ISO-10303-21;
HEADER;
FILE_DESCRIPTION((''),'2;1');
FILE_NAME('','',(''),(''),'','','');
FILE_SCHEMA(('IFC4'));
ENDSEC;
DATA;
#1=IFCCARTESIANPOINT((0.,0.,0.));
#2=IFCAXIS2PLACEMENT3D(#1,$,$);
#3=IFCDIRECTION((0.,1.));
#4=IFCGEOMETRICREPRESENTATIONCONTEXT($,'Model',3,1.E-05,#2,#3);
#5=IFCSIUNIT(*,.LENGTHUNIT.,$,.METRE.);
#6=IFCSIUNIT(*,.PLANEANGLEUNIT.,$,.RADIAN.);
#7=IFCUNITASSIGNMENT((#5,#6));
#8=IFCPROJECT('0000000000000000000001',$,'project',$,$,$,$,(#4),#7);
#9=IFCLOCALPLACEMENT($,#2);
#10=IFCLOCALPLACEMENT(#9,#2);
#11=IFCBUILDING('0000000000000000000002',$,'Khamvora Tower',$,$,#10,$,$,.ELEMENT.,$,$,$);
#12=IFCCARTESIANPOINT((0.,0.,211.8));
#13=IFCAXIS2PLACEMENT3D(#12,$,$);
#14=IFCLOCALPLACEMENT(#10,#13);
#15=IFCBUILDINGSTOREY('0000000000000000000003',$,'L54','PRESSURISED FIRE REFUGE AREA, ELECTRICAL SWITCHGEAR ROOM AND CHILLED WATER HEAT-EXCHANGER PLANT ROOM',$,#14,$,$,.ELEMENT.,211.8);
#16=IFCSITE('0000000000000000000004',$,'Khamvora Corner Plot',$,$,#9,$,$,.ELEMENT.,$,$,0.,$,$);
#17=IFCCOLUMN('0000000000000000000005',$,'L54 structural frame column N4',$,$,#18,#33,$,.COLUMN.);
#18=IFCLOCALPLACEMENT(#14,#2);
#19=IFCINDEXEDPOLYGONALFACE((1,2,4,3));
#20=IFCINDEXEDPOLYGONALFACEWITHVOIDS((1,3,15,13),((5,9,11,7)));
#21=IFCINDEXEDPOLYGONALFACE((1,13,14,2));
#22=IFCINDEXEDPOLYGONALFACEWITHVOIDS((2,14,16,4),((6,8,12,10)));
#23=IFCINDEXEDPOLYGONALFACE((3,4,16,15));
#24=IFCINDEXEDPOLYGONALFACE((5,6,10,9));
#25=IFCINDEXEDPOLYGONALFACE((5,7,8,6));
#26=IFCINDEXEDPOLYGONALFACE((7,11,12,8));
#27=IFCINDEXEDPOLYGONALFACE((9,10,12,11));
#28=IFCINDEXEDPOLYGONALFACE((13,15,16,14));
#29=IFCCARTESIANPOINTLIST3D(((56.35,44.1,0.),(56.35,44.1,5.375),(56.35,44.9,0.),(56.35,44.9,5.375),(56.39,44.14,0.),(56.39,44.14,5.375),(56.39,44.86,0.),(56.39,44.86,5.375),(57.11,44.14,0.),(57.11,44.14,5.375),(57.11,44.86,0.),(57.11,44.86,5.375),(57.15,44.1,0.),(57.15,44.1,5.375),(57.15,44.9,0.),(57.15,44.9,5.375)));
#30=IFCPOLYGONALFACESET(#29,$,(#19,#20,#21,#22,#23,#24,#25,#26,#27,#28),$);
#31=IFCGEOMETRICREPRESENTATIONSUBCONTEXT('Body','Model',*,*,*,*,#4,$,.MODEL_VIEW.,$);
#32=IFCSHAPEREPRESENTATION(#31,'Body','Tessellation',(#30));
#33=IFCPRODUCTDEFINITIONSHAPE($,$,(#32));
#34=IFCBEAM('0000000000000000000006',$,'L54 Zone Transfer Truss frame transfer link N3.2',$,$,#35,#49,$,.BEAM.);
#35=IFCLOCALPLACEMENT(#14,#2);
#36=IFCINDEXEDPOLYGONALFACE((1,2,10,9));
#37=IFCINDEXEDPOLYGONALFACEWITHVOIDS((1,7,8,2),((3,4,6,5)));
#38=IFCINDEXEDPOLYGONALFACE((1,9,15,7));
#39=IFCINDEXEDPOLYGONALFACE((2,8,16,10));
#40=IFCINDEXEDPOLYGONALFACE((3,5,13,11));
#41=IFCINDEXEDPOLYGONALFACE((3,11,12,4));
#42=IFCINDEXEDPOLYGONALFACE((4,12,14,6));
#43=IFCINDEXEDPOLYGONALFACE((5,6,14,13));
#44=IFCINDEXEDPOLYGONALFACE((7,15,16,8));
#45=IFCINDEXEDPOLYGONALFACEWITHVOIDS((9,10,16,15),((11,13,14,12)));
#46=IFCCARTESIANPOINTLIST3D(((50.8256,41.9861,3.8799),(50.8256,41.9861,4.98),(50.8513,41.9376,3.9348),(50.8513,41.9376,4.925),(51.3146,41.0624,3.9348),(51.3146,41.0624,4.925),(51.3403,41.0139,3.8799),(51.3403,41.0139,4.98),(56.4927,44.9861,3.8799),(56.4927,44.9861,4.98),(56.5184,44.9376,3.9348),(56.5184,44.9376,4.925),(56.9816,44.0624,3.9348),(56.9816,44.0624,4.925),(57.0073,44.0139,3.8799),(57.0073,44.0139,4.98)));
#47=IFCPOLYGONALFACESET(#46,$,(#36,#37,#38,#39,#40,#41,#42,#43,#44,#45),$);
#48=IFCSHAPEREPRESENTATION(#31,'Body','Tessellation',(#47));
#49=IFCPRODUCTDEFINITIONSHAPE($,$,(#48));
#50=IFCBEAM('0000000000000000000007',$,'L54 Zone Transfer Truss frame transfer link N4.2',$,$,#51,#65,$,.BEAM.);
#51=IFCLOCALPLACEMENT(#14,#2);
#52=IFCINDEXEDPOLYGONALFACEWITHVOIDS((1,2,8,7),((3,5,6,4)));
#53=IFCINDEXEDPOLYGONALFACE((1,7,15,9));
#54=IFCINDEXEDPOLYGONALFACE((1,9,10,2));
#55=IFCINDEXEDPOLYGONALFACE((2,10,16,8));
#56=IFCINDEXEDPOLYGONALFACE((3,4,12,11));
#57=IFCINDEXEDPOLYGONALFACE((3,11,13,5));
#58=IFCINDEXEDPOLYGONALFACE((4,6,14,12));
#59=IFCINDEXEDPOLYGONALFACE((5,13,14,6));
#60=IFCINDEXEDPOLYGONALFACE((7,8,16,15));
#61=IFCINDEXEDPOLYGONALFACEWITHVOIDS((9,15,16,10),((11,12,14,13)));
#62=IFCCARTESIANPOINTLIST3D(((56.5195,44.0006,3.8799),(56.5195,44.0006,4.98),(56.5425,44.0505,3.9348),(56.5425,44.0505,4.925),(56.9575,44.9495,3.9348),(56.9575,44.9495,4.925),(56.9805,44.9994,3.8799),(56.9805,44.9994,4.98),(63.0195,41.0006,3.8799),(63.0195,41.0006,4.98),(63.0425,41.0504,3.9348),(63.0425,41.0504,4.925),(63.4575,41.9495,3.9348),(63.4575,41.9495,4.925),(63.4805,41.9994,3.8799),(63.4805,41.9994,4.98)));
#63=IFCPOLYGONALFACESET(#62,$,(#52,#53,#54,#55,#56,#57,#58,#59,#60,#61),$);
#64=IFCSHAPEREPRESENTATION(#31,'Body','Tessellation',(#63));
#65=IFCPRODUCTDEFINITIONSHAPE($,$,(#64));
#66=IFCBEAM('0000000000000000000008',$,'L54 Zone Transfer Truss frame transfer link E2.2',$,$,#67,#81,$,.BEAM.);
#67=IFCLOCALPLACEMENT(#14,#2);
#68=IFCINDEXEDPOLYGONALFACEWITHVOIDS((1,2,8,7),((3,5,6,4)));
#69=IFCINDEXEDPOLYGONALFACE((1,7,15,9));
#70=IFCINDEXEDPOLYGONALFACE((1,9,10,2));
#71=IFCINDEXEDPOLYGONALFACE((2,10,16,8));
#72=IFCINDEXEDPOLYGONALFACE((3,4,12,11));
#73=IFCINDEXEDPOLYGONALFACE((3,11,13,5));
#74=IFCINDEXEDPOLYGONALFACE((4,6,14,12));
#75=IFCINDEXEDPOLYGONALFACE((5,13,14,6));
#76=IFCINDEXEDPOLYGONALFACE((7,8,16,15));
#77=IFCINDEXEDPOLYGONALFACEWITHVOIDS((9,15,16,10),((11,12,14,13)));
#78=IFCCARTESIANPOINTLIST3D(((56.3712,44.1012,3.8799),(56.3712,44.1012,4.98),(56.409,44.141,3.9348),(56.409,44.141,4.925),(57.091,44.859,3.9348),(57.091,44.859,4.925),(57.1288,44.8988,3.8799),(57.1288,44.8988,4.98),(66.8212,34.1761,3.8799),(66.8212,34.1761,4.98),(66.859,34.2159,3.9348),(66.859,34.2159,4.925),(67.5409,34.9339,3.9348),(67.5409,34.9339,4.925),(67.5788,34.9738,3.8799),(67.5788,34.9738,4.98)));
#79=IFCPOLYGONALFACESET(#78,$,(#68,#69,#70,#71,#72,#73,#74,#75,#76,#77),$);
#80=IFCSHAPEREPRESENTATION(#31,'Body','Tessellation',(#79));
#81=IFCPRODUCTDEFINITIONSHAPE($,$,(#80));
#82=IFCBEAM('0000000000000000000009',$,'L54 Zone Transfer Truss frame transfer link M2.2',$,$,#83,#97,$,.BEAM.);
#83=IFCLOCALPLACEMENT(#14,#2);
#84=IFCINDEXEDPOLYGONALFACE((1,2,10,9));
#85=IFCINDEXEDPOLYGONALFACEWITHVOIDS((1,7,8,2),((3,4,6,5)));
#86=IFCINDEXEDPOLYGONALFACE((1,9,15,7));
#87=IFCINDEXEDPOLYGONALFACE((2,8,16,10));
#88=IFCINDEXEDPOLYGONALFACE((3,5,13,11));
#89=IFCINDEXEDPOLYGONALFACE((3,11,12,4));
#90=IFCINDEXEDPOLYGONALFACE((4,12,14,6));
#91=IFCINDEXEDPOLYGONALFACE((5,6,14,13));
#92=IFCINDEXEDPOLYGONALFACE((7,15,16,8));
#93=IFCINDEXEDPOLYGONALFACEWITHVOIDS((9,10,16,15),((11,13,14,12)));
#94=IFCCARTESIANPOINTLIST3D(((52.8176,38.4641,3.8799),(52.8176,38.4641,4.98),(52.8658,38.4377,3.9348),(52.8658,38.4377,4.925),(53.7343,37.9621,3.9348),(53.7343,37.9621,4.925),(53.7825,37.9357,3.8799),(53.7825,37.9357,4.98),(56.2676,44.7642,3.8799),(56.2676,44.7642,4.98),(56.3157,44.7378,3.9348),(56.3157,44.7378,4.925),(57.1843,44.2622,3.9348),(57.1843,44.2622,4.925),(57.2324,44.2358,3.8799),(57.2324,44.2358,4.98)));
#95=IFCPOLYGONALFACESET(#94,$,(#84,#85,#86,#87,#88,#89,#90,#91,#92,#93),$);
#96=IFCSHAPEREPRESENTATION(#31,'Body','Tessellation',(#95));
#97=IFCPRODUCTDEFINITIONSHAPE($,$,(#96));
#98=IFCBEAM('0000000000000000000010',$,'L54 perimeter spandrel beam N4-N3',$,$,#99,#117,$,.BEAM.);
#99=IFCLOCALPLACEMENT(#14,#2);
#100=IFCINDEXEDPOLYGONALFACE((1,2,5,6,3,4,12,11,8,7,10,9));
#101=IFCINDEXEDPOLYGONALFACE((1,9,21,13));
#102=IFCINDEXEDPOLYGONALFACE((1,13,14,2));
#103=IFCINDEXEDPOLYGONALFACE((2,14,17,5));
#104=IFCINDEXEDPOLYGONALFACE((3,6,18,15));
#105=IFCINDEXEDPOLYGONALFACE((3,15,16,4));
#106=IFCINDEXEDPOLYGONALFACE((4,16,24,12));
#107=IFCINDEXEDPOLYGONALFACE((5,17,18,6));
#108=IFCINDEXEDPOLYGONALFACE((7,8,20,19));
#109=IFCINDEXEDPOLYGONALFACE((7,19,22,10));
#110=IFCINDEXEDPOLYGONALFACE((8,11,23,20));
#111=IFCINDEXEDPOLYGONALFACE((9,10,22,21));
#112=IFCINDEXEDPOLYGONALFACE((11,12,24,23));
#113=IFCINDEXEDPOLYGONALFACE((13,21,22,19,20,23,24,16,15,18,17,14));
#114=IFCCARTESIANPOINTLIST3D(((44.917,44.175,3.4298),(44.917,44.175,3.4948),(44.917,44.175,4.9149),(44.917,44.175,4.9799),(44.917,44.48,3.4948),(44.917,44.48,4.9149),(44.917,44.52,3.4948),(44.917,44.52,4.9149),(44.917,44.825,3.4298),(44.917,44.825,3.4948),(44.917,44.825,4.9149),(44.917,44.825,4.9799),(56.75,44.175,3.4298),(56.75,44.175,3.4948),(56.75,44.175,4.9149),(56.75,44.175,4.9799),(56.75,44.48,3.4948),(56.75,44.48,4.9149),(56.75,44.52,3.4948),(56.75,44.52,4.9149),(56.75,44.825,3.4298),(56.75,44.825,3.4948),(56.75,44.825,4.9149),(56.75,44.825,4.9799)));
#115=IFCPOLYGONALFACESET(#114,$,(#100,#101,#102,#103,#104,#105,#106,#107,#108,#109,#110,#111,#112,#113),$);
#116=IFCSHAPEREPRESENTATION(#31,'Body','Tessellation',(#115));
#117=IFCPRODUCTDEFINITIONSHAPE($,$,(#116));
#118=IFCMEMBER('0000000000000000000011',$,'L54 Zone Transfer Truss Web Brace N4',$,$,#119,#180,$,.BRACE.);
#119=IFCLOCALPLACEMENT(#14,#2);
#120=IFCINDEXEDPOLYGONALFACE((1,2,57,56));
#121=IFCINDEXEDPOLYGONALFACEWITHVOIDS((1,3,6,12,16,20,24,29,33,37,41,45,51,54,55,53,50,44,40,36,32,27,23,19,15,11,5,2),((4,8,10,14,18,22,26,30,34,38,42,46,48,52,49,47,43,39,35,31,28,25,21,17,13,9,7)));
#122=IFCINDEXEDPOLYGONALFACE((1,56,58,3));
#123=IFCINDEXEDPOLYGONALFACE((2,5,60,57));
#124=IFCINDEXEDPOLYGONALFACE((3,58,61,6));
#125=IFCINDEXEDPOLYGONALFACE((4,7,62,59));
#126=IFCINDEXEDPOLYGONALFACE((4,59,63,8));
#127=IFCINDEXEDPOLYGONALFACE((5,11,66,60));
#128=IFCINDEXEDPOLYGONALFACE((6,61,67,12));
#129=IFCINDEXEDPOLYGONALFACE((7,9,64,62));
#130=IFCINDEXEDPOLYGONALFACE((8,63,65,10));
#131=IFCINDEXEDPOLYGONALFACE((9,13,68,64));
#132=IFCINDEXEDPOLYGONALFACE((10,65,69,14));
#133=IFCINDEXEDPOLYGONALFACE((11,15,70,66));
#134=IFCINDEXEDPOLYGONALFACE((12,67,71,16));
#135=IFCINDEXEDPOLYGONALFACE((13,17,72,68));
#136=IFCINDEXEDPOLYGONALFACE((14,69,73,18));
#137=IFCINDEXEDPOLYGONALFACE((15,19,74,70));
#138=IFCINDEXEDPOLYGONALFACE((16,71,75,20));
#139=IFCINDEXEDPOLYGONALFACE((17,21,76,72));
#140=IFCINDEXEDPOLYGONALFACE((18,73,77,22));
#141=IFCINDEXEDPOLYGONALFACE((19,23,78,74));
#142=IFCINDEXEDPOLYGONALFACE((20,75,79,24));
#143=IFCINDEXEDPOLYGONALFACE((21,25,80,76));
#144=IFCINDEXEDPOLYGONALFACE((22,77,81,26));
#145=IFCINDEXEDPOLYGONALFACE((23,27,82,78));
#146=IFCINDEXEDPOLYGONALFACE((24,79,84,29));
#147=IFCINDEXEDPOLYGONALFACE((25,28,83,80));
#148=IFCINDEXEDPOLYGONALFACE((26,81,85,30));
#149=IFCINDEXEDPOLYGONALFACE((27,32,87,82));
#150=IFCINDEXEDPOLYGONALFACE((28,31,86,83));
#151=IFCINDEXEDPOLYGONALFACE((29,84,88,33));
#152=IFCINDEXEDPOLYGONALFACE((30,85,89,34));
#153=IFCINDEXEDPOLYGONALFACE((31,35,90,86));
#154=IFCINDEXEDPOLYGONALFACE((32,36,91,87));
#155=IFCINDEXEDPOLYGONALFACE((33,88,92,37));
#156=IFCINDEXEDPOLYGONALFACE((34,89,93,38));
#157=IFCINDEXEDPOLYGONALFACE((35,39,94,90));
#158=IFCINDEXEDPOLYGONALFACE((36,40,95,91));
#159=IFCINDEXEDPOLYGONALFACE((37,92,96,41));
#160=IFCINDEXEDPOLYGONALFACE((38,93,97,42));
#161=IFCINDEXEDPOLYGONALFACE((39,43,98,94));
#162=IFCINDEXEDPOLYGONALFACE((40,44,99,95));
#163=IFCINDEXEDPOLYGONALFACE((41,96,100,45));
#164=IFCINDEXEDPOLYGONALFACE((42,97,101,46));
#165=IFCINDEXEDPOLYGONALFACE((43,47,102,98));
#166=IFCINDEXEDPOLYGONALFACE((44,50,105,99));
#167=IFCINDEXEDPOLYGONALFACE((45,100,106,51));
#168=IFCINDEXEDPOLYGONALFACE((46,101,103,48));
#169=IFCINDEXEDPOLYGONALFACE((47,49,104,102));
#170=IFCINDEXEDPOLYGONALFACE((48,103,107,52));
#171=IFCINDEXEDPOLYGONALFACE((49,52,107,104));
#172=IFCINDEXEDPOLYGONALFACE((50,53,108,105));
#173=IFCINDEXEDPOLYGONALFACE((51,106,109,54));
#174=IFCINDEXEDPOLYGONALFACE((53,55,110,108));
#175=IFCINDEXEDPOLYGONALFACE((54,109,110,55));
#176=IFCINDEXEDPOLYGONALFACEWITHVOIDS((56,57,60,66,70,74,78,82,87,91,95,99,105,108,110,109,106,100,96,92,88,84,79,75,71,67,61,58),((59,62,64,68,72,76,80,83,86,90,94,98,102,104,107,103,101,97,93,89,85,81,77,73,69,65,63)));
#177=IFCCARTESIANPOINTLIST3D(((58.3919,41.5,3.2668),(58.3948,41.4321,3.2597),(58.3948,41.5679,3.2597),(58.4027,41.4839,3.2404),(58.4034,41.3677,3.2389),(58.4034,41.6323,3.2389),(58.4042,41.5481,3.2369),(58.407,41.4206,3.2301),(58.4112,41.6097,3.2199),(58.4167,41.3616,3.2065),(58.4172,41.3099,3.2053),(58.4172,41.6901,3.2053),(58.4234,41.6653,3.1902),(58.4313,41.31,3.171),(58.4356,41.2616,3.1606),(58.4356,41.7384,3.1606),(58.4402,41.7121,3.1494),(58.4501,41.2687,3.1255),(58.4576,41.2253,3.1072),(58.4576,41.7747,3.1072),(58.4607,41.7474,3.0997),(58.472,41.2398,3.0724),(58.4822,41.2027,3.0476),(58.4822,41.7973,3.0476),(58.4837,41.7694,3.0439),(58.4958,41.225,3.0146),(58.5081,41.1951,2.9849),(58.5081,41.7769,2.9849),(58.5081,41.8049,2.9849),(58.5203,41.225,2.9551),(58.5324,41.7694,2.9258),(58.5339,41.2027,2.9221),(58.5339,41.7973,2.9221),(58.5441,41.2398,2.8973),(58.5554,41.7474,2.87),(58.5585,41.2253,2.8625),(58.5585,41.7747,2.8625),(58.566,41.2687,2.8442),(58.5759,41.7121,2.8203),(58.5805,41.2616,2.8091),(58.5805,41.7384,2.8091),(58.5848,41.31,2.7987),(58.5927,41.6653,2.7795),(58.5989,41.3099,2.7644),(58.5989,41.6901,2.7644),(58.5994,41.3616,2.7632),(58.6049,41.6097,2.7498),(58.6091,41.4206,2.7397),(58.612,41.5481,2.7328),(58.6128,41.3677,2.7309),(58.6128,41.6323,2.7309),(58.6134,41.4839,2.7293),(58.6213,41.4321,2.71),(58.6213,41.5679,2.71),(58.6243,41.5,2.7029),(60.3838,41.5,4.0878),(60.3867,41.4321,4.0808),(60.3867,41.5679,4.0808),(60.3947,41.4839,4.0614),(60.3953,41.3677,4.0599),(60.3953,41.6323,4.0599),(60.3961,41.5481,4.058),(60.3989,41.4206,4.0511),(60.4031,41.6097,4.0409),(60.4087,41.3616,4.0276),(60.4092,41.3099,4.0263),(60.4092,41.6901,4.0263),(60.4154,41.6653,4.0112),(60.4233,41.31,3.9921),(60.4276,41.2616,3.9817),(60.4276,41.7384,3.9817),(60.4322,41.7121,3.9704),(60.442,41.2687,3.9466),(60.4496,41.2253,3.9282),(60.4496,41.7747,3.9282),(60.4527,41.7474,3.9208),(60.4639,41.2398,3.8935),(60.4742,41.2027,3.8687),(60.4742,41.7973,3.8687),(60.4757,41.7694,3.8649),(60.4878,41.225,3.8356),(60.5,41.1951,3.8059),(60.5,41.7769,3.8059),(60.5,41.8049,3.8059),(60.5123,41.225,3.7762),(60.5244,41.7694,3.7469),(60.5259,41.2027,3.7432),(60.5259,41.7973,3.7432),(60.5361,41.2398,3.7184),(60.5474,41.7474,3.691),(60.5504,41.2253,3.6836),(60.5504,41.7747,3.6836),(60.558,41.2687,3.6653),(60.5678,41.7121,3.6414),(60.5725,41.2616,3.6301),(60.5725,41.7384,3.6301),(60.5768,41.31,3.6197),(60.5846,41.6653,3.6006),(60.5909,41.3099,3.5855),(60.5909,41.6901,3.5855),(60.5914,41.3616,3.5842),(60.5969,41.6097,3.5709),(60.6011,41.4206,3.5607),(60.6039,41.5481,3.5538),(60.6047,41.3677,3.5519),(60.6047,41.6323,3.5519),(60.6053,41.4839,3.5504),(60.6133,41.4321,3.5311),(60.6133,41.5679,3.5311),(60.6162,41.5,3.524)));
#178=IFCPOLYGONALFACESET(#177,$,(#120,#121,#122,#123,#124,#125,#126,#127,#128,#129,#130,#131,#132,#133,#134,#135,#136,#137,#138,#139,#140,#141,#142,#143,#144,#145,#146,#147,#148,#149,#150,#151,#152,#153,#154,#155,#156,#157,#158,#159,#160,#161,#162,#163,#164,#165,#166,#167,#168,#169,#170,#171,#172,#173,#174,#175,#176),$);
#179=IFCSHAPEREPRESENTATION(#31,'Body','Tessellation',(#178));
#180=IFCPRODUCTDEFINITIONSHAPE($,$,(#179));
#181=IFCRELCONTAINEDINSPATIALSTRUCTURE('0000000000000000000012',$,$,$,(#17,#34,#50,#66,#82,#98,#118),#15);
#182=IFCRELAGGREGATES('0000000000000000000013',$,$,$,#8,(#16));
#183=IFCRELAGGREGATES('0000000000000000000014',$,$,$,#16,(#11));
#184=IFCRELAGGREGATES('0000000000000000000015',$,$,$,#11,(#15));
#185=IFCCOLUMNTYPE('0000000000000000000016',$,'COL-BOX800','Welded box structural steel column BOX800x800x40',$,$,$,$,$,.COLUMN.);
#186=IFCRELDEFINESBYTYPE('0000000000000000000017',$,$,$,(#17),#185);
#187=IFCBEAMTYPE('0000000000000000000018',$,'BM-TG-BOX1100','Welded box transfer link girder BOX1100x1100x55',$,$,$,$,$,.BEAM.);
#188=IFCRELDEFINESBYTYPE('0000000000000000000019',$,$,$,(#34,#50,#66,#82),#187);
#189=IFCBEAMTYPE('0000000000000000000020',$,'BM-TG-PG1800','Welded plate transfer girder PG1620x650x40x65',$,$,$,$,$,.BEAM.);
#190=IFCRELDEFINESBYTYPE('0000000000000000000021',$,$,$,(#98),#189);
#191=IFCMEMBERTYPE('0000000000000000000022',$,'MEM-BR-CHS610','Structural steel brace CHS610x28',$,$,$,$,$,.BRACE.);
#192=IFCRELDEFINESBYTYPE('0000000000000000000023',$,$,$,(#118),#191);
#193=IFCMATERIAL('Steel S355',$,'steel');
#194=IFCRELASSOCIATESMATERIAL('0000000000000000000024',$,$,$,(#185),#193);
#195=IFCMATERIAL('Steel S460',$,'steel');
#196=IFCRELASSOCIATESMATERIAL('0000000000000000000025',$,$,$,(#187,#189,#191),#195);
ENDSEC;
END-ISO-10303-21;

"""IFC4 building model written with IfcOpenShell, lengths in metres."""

from ifc_helpers import new_model, si_unit, direction, frame, origin, origin_2d, place, context, subcontext, project, spatial, hollow_rectangle, hollow_circle, i_section, extrude, material, material_profile, profile_set, type_object, element, save


model = new_model("IFC4")

# Units and contexts
model_context = context("Model", 3, precision=1e-05, world=origin(), true_north=direction((0.0, 1.0)))
body_context = subcontext(model_context, "Body", "Model", "MODEL_VIEW")
ifc_project = project(units=[si_unit("LENGTHUNIT", "METRE"), si_unit("PLANEANGLEUNIT", "RADIAN")], contexts=[model_context])

# Site, building, storey
site_placement = place(None, origin())
site = spatial("IfcSite", under=ifc_project, at=site_placement, Name="Khamvora Corner Plot", CompositionType="ELEMENT", RefElevation=0.0)
building_placement = place(site_placement, origin())
building = spatial("IfcBuilding", under=site, at=building_placement, Name="Khamvora Tower", CompositionType="ELEMENT")
storey_placement = place(building_placement, frame((0.0, 0.0, 211.8)))
storey = spatial("IfcBuildingStorey", under=building, at=storey_placement, Name="L54", Description="PRESSURISED FIRE REFUGE AREA, ELECTRICAL SWITCHGEAR ROOM AND CHILLED WATER HEAT-EXCHANGER PLANT ROOM", CompositionType="ELEMENT", Elevation=211.8)

# Column
ifc_material_1 = material(Name="Steel S355", Category="steel")
ifc_material_profile_1 = material_profile(ifc_material_1, hollow_rectangle(XDim=0.8, YDim=0.8, WallThickness=0.04, at=origin_2d()), Name="BOX800x800x40")
ifc_profile_set_1 = profile_set([ifc_material_profile_1], Name="Steel S355")
column_type = type_object("IfcColumnType", Name="COL-BOX800", Description="Welded box structural steel column BOX800x800x40", PredefinedType="COLUMN", material=ifc_profile_set_1)
column_placement = place(storey_placement, frame((56.75, 44.5, 0.0), z_axis=(0.0, 0.0, 1.0), x_axis=(1.0, 0.0, 0.0)))
element("IfcColumn", 1, at=column_placement, inside=storey, type_object=column_type, Name="L54 structural frame column N4", PredefinedType="COLUMN", context=body_context, shape_type="SweptSolid", body=[
    extrude(hollow_rectangle(XDim=0.8, YDim=0.8, WallThickness=0.04, at=origin_2d()), origin(), (0.0, 0.0, 1.0), 5.375),
])

# Beams
ifc_material_2 = material(Name="Steel S460", Category="steel")
ifc_material_profile_2 = material_profile(ifc_material_2, hollow_rectangle(XDim=1.1001, YDim=1.1001, WallThickness=0.0549, at=origin_2d()), Name="BOX1100x1100x55")
ifc_profile_set_2 = profile_set([ifc_material_profile_2], Name="Steel S460")
beam_type_1 = type_object("IfcBeamType", Name="BM-TG-BOX1100", Description="Welded box transfer link girder BOX1100x1100x55", PredefinedType="BEAM", material=ifc_profile_set_2)
beam_1_placement = place(storey_placement, frame((56.75, 44.5, 4.4299), z_axis=(-0.883799, -0.467867, 0.0), x_axis=(0.467867, -0.883799, 0.0)))
element("IfcBeam", 2, at=beam_1_placement, inside=storey, type_object=beam_type_1, Name="L54 Zone Transfer Truss frame transfer link N3.2", PredefinedType="BEAM", context=body_context, shape_type="SweptSolid", body=[
    extrude(hollow_rectangle(XDim=1.1001, YDim=1.1001, WallThickness=0.0549, at=origin_2d()), origin(), (0.0, 0.0, 1.0), 6.4121),
])
beam_2_placement = place(storey_placement, frame((56.75, 44.5, 4.4299), z_axis=(0.907959, -0.419058, 0.0), x_axis=(0.419058, 0.907959, 0.0)))
element("IfcBeam", 3, at=beam_2_placement, inside=storey, type_object=beam_type_1, Name="L54 Zone Transfer Truss frame transfer link N4.2", PredefinedType="BEAM", context=body_context, shape_type="SweptSolid", body=[
    extrude(hollow_rectangle(XDim=1.1001, YDim=1.1001, WallThickness=0.0549, at=origin_2d()), origin(), (0.0, 0.0, 1.0), 7.1589),
])
beam_3_placement = place(storey_placement, frame((56.75, 44.5, 4.4299), z_axis=(0.725083, -0.688662, 0.0), x_axis=(0.688662, 0.725083, 0.0)))
element("IfcBeam", 4, at=beam_3_placement, inside=storey, type_object=beam_type_1, Name="L54 Zone Transfer Truss frame transfer link E2.2", PredefinedType="BEAM", context=body_context, shape_type="SweptSolid", body=[
    extrude(hollow_rectangle(XDim=1.1001, YDim=1.1001, WallThickness=0.0549, at=origin_2d()), origin(), (0.0, 0.0, 1.0), 14.4121),
])
beam_4_placement = place(storey_placement, frame((56.75, 44.5, 4.4299), z_axis=(-0.480307, -0.877101, 0.0), x_axis=(0.877101, -0.480307, 0.0)))
element("IfcBeam", 5, at=beam_4_placement, inside=storey, type_object=beam_type_1, Name="L54 Zone Transfer Truss frame transfer link M2.2", PredefinedType="BEAM", context=body_context, shape_type="SweptSolid", body=[
    extrude(hollow_rectangle(XDim=1.1001, YDim=1.1001, WallThickness=0.0549, at=origin_2d()), origin(), (0.0, 0.0, 1.0), 7.1829),
])
ifc_material_profile_3 = material_profile(ifc_material_2, i_section(OverallWidth=0.6499, OverallDepth=1.55, WebThickness=0.04, FlangeThickness=0.0649, at=origin_2d()), Name="PG1550x650x40x65")
ifc_profile_set_3 = profile_set([ifc_material_profile_3], Name="Steel S460")
beam_type_2 = type_object("IfcBeamType", Name="BM-TG-PG1800", Description="Welded plate transfer girder PG1620x650x40x65", PredefinedType="BEAM", material=ifc_profile_set_3)
beam_5_placement = place(storey_placement, frame((56.75, 44.5, 4.2048), z_axis=(-1.0, 0.0, 0.0), x_axis=(0.0, -1.0, 0.0)))
element("IfcBeam", 6, at=beam_5_placement, inside=storey, type_object=beam_type_2, Name="L54 perimeter spandrel beam N4-N3", PredefinedType="BEAM", context=body_context, shape_type="SweptSolid", body=[
    extrude(i_section(OverallWidth=0.6499, OverallDepth=1.55, WebThickness=0.04, FlangeThickness=0.0649, at=origin_2d()), origin(), (0.0, 0.0, 1.0), 11.833),
])

# Member
ifc_material_profile_4 = material_profile(ifc_material_2, hollow_circle(Radius=0.3049, WallThickness=0.0281, at=origin_2d()), Name="CHS610x28")
ifc_profile_set_4 = profile_set([ifc_material_profile_4], Name="Steel S460")
member_type_1 = type_object("IfcMemberType", Name="MEM-BR-CHS610", Description="Structural steel brace CHS610x28", PredefinedType="BRACE", material=ifc_profile_set_4)
member_1_placement = place(storey_placement, frame((58.5081, 41.5, 2.9849), z_axis=(0.924542, 0.0, 0.38108), x_axis=(0.0, 1.0, 0.0)))
element("IfcMember", 7, at=member_1_placement, inside=storey, type_object=member_type_1, Name="L54 Zone Transfer Truss Web Brace N4", PredefinedType="BRACE", context=body_context, shape_type="SweptSolid", body=[
    extrude(hollow_circle(Radius=0.3049, WallThickness=0.0281, at=origin_2d()), origin(), (0.0, 0.0, 1.0), 2.1545),
])

save(model, "model.ifc")
